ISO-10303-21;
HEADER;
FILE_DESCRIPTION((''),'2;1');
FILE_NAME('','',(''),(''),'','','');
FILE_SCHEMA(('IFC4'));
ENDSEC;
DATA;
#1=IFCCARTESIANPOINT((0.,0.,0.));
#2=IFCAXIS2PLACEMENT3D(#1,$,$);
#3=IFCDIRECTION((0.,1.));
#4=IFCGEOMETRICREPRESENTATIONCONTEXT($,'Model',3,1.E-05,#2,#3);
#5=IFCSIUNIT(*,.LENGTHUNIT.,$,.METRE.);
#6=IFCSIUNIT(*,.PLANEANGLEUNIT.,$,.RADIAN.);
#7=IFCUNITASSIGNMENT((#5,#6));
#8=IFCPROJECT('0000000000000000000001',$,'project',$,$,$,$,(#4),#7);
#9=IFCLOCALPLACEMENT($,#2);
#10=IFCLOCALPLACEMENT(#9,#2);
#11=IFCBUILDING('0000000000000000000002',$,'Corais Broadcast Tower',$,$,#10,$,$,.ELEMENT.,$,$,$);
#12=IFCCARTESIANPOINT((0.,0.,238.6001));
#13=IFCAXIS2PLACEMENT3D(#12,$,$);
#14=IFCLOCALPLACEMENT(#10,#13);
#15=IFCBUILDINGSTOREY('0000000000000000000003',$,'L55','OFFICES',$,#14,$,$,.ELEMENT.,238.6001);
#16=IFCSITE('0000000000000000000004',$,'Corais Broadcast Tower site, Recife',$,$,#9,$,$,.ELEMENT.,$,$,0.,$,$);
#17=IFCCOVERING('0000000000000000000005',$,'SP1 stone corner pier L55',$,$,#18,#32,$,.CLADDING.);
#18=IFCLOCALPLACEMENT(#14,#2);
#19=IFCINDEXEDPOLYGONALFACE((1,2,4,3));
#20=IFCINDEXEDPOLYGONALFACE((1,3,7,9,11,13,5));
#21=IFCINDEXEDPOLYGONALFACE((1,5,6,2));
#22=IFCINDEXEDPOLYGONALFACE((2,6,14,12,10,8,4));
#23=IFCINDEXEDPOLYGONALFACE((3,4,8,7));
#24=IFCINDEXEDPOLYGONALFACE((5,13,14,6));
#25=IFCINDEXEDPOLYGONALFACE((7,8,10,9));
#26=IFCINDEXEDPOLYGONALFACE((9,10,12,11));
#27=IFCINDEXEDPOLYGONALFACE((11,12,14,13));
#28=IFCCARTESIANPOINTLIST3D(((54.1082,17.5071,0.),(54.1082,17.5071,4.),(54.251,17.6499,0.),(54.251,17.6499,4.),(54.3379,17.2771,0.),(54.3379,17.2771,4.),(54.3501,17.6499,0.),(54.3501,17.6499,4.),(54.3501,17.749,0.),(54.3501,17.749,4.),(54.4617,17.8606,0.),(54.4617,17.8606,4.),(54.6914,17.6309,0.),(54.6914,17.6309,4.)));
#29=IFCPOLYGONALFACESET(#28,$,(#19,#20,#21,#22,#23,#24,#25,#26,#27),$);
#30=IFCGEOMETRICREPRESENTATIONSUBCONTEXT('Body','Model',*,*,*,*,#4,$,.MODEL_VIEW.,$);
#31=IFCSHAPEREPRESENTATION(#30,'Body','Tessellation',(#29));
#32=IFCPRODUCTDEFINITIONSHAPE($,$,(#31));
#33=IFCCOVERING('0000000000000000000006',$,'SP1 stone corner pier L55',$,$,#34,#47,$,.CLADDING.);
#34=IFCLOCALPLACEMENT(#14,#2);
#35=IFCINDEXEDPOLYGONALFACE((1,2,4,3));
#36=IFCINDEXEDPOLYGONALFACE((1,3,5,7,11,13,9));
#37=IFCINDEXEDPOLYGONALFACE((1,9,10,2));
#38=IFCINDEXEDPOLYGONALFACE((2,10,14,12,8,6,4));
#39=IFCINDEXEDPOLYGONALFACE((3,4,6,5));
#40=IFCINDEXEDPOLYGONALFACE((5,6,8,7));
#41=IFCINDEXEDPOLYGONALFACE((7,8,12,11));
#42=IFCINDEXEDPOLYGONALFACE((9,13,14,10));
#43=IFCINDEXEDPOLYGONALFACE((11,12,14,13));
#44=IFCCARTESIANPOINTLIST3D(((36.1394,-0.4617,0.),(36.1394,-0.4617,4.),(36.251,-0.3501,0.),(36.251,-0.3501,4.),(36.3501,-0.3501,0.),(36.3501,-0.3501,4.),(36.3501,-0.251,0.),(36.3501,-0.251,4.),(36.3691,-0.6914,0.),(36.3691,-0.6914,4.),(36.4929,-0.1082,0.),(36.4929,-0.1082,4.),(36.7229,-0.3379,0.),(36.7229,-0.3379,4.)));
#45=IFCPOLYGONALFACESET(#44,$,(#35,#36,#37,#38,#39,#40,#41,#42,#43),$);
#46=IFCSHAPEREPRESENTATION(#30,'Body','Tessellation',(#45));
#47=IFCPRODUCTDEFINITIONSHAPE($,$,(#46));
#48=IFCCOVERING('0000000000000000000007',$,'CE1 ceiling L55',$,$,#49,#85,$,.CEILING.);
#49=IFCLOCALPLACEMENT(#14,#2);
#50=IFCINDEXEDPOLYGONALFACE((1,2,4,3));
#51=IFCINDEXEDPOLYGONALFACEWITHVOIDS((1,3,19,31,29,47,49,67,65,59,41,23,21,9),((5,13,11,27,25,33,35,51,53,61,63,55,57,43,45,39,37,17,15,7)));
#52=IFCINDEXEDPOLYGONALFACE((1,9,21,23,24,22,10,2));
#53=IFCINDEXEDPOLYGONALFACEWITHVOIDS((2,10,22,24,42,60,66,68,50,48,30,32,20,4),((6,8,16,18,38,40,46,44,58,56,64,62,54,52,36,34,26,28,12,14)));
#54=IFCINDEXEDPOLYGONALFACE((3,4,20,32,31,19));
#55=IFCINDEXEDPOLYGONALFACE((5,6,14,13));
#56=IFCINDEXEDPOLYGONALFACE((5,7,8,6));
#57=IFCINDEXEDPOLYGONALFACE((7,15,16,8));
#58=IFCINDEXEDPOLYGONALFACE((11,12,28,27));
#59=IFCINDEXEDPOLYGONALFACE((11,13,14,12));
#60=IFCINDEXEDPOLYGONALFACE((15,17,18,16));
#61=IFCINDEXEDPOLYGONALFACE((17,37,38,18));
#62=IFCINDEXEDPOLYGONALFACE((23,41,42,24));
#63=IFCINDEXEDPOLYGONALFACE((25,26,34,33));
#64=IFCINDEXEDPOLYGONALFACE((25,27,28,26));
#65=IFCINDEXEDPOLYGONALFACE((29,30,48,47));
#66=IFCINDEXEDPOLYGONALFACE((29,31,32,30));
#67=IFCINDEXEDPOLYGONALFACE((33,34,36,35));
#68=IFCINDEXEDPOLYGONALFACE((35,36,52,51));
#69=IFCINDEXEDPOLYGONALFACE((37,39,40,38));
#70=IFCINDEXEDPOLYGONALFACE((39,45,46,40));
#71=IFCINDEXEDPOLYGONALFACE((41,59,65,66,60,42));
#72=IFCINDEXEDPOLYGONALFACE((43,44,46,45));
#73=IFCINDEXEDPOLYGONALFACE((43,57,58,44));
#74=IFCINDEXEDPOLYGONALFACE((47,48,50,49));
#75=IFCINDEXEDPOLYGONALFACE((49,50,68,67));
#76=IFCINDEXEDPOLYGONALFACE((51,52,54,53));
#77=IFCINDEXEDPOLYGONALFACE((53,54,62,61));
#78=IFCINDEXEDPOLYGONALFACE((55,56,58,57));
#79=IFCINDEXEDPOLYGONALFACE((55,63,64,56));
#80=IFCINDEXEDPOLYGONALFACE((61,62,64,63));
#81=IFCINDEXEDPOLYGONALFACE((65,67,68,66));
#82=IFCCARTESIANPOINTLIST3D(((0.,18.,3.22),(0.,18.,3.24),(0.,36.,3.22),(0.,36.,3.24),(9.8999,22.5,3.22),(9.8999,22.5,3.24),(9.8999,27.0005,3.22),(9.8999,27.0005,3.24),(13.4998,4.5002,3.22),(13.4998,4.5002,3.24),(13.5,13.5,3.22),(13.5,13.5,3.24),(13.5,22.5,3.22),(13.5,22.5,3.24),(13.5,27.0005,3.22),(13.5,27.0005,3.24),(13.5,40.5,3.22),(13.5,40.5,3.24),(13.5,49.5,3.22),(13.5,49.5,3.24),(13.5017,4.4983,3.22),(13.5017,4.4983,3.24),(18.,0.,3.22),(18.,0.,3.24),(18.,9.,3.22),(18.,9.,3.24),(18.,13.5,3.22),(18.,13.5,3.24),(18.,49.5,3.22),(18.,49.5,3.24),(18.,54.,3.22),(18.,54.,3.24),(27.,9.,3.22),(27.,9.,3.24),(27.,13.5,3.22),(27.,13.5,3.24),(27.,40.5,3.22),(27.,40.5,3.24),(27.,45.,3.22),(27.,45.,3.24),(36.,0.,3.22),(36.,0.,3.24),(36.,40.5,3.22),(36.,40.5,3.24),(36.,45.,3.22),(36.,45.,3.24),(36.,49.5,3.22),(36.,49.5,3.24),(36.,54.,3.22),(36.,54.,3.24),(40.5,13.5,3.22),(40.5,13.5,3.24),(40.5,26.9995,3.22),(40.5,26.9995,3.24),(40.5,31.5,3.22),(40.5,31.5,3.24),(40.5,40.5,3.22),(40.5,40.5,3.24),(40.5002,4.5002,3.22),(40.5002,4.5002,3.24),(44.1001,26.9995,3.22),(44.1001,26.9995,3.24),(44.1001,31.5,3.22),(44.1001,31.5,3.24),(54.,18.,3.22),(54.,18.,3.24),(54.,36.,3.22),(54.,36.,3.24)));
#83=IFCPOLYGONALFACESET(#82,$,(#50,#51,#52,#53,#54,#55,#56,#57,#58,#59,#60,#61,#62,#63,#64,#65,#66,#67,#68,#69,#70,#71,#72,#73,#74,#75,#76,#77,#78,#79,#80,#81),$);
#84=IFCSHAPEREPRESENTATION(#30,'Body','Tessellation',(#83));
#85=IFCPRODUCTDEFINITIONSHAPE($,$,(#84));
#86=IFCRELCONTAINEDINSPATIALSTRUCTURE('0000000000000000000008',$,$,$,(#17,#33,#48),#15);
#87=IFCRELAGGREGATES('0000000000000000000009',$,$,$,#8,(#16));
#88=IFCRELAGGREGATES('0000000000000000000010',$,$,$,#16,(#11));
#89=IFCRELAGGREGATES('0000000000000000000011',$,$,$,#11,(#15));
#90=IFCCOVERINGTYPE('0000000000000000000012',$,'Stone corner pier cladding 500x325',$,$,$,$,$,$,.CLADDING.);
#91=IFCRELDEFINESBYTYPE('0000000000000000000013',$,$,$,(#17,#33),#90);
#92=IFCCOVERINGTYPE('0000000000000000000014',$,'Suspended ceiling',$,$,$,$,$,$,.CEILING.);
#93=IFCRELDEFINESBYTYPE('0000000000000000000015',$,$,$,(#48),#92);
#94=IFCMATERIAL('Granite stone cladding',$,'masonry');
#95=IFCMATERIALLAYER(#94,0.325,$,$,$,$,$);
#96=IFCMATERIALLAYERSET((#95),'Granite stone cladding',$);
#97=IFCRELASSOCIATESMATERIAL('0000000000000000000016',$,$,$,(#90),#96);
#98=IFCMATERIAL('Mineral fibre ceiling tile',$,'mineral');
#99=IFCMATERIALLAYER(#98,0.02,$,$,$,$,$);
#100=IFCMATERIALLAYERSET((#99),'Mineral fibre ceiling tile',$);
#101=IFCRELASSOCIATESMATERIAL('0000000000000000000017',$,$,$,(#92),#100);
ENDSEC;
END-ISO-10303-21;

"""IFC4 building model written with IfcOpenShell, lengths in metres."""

from ifc_helpers import new_model, si_unit, direction, frame, origin, place, context, subcontext, project, spatial, polyline, outline, extrude, material, layer, layer_set, type_object, element, save


model = new_model("IFC4")

# Units and contexts
model_context = context("Model", 3, precision=1e-05, world=origin(), true_north=direction((0.0, 1.0)))
body_context = subcontext(model_context, "Body", "Model", "MODEL_VIEW")
ifc_project = project(units=[si_unit("LENGTHUNIT", "METRE"), si_unit("PLANEANGLEUNIT", "RADIAN")], contexts=[model_context])

# Site, building, storey
site_placement = place(None, origin())
site = spatial("IfcSite", under=ifc_project, at=site_placement, Name="Corais Broadcast Tower site, Recife", CompositionType="ELEMENT", RefElevation=0.0)
building_placement = place(site_placement, origin())
building = spatial("IfcBuilding", under=site, at=building_placement, Name="Corais Broadcast Tower", CompositionType="ELEMENT")
storey_placement = place(building_placement, frame((0.0, 0.0, 238.6001)))
storey = spatial("IfcBuildingStorey", under=building, at=storey_placement, Name="L55", Description="OFFICES", CompositionType="ELEMENT", Elevation=238.6001)

# Coverings
ifc_material_1 = material(Name="Granite stone cladding", Category="masonry")
ifc_layer_1 = layer(ifc_material_1, 0.325)
ifc_layer_set_1 = layer_set([ifc_layer_1], Name="Granite stone cladding")
covering_type_1 = type_object("IfcCoveringType", Name="Stone corner pier cladding 500x325", PredefinedType="CLADDING", material=ifc_layer_set_1)
covering_1_placement = place(storey_placement, origin())
element("IfcCovering", 1, at=covering_1_placement, inside=storey, type_object=covering_type_1, Name="SP1 stone corner pier L55", PredefinedType="CLADDING", context=body_context, shape_type="SweptSolid", body=[
    extrude(outline(polyline([(54.4617, 17.8606), (54.3501, 17.749), (54.3501, 17.6499), (54.251, 17.6499), (54.1082, 17.5071), (54.3379, 17.2771), (54.6914, 17.6309), (54.4617, 17.8606)])), origin(), (0.0, 0.0, 1.0), 4.0),
])
covering_2_placement = place(storey_placement, origin())
element("IfcCovering", 2, at=covering_2_placement, inside=storey, type_object=covering_type_1, Name="SP1 stone corner pier L55", PredefinedType="CLADDING", context=body_context, shape_type="SweptSolid", body=[
    extrude(outline(polyline([(36.251, -0.3501), (36.1394, -0.4617), (36.3691, -0.6914), (36.7229, -0.3379), (36.4929, -0.1082), (36.3501, -0.251), (36.3501, -0.3501), (36.251, -0.3501)])), origin(), (0.0, 0.0, 1.0), 4.0),
])
ifc_material_2 = material(Name="Mineral fibre ceiling tile", Category="mineral")
ifc_layer_2 = layer(ifc_material_2, 0.02)
ifc_layer_set_2 = layer_set([ifc_layer_2], Name="Mineral fibre ceiling tile")
covering_type_2 = type_object("IfcCoveringType", Name="Suspended ceiling", PredefinedType="CEILING", material=ifc_layer_set_2)
covering_3_placement = place(storey_placement, frame((0.0, 0.0, 3.22)))
element("IfcCovering", 3, at=covering_3_placement, inside=storey, type_object=covering_type_2, Name="CE1 ceiling L55", PredefinedType="CEILING", context=body_context, shape_type="SweptSolid", body=[
    extrude(outline(polyline([(13.5, 49.5), (18.0, 54.0), (18.0, 49.5), (36.0, 49.5), (36.0, 54.0), (54.0, 36.0), (54.0, 18.0), (40.5002, 4.5002), (36.0, 0.0), (18.0, 0.0), (13.5017, 4.4983), (13.4998, 4.5002), (0.0, 18.0), (0.0, 36.0), (13.5, 49.5)]), holes=[polyline([(9.8999, 22.5), (13.5, 22.5), (13.5, 13.5), (18.0, 13.5), (18.0, 9.0), (27.0, 9.0), (27.0, 13.5), (40.5, 13.5), (40.5, 26.9995), (44.1001, 26.9995), (44.1001, 31.5), (40.5, 31.5), (40.5, 40.5), (36.0, 40.5), (36.0, 45.0), (27.0, 45.0), (27.0, 40.5), (13.5, 40.5), (13.5, 27.0005), (9.8999, 27.0005), (9.8999, 22.5)])]), origin(), (0.0, 0.0, 1.0), 0.02),
])

save(model, "model.ifc")
